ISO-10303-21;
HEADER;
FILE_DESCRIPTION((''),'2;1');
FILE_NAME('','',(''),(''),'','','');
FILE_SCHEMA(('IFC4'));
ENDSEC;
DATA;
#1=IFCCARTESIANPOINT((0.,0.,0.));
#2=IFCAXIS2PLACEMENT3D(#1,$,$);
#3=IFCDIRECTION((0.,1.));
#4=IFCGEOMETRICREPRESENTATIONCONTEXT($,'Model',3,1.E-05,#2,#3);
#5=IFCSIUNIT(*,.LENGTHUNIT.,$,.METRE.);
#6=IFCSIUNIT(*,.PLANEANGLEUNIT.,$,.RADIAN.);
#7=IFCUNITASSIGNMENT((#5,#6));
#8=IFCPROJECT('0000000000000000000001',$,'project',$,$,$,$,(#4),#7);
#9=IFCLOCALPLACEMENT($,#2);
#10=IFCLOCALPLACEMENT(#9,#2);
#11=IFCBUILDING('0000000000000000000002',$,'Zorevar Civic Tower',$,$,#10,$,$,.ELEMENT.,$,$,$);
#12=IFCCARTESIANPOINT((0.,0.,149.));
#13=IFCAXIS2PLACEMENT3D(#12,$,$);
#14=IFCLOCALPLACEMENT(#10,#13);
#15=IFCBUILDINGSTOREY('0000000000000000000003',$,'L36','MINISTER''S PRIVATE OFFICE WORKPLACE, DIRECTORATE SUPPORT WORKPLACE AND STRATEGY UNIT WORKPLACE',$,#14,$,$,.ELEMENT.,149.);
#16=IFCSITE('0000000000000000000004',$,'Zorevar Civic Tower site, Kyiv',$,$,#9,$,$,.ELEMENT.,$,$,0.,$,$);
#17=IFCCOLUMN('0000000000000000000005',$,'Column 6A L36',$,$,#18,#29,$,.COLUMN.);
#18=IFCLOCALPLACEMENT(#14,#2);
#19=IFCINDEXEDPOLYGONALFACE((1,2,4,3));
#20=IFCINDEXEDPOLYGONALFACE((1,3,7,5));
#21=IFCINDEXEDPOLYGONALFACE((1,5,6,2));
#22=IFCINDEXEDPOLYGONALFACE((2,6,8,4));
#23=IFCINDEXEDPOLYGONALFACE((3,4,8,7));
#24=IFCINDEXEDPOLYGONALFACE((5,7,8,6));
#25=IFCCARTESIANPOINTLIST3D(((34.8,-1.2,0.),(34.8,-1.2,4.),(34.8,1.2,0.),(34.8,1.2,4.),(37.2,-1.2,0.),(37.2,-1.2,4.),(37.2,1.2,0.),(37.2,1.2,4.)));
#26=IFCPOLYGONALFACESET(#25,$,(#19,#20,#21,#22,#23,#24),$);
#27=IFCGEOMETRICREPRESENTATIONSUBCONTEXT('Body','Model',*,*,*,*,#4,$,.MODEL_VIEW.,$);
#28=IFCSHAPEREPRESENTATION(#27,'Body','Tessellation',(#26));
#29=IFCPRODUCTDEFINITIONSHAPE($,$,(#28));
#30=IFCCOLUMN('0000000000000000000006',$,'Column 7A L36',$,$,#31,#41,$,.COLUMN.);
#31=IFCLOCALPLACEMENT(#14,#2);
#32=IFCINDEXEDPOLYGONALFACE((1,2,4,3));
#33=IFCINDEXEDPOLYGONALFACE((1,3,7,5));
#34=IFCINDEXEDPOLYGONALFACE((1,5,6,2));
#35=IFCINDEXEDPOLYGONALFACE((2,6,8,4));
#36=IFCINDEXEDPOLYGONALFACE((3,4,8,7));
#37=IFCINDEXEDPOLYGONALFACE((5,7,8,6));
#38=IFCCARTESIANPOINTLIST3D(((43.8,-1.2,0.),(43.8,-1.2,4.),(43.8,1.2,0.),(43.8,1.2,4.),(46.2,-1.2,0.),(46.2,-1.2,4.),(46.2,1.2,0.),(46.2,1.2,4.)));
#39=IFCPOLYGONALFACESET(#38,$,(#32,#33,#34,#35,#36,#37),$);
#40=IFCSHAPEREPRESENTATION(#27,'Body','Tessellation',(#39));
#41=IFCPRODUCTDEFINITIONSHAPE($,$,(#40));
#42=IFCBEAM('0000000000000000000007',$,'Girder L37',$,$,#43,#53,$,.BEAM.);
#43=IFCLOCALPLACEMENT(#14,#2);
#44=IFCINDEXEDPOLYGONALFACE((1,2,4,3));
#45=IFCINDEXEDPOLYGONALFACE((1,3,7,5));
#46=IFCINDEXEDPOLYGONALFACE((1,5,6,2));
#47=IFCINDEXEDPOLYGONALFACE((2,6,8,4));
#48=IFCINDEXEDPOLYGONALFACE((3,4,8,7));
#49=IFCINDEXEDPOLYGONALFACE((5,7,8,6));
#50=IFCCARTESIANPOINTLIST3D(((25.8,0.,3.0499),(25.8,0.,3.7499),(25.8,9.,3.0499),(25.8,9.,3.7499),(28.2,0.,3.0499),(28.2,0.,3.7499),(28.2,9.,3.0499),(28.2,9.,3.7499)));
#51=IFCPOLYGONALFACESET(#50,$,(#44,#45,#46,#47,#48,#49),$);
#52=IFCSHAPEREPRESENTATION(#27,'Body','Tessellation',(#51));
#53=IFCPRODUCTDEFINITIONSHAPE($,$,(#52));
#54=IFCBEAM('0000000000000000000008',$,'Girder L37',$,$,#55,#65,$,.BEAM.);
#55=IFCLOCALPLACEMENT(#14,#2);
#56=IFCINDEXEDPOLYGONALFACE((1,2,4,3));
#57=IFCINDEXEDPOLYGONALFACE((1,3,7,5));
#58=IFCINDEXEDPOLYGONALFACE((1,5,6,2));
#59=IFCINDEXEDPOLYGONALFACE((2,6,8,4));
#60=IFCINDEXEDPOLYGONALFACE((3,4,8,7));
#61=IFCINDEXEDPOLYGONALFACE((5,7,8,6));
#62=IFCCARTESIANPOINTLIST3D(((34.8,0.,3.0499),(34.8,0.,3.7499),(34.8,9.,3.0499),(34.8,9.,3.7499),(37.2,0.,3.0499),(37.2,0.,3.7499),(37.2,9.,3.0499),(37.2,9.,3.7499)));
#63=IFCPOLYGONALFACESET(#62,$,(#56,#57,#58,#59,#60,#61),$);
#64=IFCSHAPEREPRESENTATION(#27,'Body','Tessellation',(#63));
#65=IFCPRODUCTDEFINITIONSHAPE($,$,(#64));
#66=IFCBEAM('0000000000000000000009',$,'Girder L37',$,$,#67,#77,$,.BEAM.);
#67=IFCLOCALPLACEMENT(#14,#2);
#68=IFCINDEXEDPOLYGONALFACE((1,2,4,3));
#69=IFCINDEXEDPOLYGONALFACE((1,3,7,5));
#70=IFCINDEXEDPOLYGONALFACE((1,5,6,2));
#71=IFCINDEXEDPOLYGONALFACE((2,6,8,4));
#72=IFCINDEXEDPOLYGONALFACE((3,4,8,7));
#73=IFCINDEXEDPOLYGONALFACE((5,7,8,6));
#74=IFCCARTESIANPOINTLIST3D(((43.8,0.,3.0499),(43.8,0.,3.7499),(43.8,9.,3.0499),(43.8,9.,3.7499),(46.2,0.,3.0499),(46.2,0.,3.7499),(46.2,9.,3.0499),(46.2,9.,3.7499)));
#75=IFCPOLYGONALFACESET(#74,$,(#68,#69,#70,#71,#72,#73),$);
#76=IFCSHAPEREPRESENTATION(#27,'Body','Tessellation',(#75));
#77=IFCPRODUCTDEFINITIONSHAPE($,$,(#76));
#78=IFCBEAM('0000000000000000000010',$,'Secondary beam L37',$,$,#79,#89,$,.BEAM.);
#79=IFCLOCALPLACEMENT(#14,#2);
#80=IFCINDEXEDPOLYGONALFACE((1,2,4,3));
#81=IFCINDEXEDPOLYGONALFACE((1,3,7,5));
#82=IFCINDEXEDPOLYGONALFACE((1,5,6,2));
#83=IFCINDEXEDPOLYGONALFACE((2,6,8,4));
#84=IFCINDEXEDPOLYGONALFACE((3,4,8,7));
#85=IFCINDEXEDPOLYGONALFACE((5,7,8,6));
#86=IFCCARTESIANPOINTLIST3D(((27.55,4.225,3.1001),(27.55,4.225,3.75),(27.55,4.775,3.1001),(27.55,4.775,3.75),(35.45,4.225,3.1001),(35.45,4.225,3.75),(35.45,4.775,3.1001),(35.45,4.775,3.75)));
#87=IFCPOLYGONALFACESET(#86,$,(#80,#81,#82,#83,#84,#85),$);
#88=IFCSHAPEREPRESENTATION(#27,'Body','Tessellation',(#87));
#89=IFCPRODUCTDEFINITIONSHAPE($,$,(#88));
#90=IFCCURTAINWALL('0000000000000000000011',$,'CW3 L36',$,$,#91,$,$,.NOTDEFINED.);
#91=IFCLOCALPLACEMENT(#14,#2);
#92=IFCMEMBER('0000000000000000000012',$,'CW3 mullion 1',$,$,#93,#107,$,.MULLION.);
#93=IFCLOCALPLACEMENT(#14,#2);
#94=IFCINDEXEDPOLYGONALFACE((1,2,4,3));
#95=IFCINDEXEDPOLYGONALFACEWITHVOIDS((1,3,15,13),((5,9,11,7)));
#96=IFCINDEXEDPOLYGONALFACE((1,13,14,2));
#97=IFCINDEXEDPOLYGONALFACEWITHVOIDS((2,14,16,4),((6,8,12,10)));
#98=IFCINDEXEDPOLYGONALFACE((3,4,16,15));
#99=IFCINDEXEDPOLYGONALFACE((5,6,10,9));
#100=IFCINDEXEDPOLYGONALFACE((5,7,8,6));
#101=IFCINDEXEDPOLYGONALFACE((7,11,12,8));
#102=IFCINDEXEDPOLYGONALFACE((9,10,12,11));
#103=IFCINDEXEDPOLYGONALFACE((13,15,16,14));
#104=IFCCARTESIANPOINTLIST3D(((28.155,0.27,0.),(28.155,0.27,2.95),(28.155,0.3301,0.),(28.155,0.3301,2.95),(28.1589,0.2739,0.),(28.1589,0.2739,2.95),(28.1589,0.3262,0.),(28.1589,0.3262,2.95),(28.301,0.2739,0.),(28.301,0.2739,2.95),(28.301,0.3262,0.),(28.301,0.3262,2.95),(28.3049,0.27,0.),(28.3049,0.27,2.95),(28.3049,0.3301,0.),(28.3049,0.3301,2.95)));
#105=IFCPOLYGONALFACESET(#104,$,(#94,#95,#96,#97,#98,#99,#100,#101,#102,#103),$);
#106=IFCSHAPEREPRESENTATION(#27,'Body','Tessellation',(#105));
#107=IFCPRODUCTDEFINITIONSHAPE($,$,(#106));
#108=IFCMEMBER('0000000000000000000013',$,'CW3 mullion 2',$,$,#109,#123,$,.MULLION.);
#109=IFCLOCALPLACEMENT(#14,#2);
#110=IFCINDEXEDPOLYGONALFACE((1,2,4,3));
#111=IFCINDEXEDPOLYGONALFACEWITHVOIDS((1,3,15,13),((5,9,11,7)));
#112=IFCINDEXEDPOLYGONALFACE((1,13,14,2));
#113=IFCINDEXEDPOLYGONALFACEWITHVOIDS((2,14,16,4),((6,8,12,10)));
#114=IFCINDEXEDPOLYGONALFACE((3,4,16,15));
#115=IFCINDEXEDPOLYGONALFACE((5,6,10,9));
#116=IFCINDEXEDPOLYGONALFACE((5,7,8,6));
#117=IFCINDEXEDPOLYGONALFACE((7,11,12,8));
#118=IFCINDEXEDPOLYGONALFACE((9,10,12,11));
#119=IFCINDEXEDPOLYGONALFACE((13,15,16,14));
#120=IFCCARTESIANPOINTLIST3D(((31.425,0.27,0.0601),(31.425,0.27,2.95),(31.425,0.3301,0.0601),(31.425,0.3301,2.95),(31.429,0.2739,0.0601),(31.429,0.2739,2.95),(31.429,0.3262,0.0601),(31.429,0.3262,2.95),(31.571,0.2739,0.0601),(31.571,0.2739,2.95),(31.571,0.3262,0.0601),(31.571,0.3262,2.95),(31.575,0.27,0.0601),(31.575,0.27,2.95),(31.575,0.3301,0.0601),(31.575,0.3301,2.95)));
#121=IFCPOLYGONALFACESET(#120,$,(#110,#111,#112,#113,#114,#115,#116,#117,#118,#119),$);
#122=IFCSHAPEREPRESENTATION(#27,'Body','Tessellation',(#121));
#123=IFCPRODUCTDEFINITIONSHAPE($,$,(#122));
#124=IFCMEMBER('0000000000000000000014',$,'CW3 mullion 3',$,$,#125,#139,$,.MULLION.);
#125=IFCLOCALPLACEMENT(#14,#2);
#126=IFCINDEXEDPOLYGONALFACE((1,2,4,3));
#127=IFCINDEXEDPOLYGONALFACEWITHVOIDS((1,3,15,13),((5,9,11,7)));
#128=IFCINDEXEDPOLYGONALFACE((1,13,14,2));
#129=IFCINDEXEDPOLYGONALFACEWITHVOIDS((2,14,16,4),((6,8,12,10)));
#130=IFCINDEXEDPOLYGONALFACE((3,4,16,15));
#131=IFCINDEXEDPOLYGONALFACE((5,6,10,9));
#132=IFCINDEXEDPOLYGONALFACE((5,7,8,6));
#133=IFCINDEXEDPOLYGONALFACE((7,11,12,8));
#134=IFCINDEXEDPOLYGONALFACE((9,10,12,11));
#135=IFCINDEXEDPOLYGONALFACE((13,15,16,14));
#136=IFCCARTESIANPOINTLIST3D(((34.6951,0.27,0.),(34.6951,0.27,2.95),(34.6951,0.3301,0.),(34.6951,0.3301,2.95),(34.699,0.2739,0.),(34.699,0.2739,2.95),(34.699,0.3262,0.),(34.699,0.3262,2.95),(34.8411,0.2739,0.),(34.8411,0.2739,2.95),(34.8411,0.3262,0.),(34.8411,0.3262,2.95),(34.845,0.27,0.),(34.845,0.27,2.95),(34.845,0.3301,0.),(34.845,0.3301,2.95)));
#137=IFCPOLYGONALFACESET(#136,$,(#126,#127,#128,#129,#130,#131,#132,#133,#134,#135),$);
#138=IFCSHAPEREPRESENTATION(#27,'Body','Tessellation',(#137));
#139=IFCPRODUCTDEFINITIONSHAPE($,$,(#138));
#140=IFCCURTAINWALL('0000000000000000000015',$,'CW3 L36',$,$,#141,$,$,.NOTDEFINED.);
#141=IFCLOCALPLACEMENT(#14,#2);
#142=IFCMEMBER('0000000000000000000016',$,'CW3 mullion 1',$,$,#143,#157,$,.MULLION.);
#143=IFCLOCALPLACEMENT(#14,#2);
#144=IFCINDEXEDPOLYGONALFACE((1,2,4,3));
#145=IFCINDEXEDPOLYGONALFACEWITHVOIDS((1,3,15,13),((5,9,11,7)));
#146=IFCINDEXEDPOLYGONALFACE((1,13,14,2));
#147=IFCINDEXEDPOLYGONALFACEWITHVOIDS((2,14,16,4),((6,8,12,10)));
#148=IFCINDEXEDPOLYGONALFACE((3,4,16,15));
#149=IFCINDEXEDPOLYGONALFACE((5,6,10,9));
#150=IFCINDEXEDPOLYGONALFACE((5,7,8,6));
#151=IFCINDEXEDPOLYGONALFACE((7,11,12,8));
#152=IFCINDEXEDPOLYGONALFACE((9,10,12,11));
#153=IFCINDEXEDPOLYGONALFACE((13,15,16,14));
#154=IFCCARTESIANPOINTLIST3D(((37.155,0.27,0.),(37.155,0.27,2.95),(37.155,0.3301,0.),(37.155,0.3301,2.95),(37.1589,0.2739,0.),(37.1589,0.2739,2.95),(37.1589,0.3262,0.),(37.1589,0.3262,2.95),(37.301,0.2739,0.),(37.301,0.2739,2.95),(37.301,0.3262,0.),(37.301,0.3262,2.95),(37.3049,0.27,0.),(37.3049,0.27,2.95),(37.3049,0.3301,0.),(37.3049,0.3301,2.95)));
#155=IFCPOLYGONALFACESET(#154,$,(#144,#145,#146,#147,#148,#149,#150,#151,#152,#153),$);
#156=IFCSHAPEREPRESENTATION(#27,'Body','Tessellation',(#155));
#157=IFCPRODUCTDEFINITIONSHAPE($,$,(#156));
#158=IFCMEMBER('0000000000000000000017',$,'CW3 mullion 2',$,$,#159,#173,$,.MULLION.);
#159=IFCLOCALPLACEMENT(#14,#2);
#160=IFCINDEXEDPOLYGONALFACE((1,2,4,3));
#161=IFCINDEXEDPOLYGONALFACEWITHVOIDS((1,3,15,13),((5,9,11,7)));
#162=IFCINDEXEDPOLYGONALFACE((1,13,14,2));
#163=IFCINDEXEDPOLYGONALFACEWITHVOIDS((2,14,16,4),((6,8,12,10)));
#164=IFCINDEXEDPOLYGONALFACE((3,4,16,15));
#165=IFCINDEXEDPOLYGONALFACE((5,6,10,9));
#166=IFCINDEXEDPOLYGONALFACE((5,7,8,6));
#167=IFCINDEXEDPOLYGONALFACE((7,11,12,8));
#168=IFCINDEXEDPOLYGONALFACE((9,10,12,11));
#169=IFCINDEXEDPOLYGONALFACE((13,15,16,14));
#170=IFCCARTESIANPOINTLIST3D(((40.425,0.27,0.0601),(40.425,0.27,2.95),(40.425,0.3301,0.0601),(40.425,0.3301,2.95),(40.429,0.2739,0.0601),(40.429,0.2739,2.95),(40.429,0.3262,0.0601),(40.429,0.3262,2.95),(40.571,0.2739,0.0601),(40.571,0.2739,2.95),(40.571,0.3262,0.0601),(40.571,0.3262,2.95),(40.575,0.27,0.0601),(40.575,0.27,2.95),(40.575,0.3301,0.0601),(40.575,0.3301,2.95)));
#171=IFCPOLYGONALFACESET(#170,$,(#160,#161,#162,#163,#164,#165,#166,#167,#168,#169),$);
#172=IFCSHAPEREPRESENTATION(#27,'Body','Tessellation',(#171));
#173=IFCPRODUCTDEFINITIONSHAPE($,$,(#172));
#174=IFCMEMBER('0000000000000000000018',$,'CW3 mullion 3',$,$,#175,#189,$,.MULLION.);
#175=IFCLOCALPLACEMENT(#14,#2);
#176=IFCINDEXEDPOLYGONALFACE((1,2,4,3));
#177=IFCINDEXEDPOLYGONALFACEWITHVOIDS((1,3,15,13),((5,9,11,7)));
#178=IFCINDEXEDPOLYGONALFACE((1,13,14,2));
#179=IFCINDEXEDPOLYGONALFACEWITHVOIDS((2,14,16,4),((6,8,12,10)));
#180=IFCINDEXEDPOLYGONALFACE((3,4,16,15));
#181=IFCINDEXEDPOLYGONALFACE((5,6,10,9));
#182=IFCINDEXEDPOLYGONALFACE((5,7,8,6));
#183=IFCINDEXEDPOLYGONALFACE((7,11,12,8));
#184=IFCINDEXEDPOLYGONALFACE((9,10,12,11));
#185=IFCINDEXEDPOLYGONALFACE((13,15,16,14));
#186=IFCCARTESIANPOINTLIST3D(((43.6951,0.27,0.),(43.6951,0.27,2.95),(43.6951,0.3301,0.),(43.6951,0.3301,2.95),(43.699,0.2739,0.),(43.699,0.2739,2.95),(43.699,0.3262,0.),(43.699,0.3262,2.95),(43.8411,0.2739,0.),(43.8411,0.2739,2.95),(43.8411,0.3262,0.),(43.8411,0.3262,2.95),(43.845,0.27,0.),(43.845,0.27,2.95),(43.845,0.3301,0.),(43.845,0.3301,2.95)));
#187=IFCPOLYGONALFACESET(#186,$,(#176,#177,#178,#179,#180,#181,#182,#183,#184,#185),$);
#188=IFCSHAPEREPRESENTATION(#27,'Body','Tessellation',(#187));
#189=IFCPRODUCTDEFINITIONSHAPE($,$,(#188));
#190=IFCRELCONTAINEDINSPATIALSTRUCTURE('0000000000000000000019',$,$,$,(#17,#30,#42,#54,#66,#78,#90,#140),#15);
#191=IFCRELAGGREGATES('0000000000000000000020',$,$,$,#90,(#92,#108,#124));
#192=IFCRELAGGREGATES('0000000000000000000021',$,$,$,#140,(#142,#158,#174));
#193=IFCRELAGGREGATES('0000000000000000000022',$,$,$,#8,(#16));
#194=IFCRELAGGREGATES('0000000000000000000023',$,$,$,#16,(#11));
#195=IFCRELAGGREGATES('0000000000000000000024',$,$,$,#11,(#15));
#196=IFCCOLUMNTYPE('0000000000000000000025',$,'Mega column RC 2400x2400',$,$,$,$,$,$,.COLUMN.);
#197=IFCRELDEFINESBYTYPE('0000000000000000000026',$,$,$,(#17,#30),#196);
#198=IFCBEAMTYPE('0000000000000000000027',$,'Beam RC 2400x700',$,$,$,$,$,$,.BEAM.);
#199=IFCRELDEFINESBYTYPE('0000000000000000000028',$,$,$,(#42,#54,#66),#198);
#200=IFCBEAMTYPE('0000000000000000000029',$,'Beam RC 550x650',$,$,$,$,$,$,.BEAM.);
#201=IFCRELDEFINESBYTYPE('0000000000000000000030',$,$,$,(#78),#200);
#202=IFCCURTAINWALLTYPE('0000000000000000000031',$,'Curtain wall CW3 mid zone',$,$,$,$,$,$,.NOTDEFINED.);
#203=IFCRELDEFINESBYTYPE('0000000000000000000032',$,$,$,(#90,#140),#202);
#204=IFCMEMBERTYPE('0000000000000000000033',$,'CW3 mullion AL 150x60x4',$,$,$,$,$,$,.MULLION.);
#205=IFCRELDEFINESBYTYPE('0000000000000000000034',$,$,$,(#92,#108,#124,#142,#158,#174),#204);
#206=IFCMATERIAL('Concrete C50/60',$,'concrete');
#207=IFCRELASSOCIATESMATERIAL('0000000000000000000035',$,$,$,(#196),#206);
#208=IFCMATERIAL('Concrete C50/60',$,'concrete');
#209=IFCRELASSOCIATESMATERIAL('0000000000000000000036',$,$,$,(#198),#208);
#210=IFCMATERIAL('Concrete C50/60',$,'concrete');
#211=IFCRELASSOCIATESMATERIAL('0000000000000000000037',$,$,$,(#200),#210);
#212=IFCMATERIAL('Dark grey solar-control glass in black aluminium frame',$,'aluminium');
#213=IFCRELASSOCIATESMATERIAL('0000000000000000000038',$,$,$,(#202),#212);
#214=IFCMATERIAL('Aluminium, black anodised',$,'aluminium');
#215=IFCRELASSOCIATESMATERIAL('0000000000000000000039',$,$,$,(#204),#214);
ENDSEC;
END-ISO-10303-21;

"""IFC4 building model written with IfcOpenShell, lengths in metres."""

from ifc_helpers import new_model, si_unit, direction, frame, origin, origin_2d, place, context, subcontext, project, spatial, rectangle, hollow_rectangle, extrude, material, material_profile, profile_set, type_object, element, aggregate, save


model = new_model("IFC4")

# Units and contexts
model_context = context("Model", 3, precision=1e-05, world=origin(), true_north=direction((0.0, 1.0)))
body_context = subcontext(model_context, "Body", "Model", "MODEL_VIEW")
ifc_project = project(units=[si_unit("LENGTHUNIT", "METRE"), si_unit("PLANEANGLEUNIT", "RADIAN")], contexts=[model_context])

# Site, building, storey
site_placement = place(None, origin())
site = spatial("IfcSite", under=ifc_project, at=site_placement, Name="Zorevar Civic Tower site, Kyiv", CompositionType="ELEMENT", RefElevation=0.0)
building_placement = place(site_placement, origin())
building = spatial("IfcBuilding", under=site, at=building_placement, Name="Zorevar Civic Tower", CompositionType="ELEMENT")
storey_placement = place(building_placement, frame((0.0, 0.0, 149.0)))
storey = spatial("IfcBuildingStorey", under=building, at=storey_placement, Name="L36", Description="MINISTER'S PRIVATE OFFICE WORKPLACE, DIRECTORATE SUPPORT WORKPLACE AND STRATEGY UNIT WORKPLACE", CompositionType="ELEMENT", Elevation=149.0)

# Columns
ifc_material_1 = material(Name="Concrete C50/60", Category="concrete")
ifc_material_profile_1 = material_profile(ifc_material_1, rectangle(XDim=2.3999, YDim=2.3999, at=origin_2d()), Name="RC 2400x2400")
ifc_profile_set_1 = profile_set([ifc_material_profile_1], Name="Concrete C50/60")
column_type = type_object("IfcColumnType", Name="Mega column RC 2400x2400", PredefinedType="COLUMN", material=ifc_profile_set_1)
for number, where, z_axis, x_axis, name in (
    (1, (36.0, 0.0, 0.0), (0.0, 0.0, 1.0), (1.0, 0.0, 0.0), "Column 6A L36"),
    (2, (45.0, 0.0, 0.0), (0.0, 0.0, 1.0), (1.0, 0.0, 0.0), "Column 7A L36"),
):
    element("IfcColumn", number, at=place(storey_placement, frame(where, z_axis=z_axis, x_axis=x_axis)), inside=storey, type_object=column_type, Name=name, PredefinedType="COLUMN", context=body_context, shape_type="SweptSolid", body=[
        extrude(rectangle(XDim=2.3999, YDim=2.3999, at=origin_2d()), origin(), (0.0, 0.0, 1.0), 4.0),
    ])

# Beams
ifc_material_2 = material(Name="Concrete C50/60", Category="concrete")
ifc_material_profile_2 = material_profile(ifc_material_2, rectangle(XDim=2.3999, YDim=0.7, at=origin_2d()), Name="RC 2400x700")
ifc_profile_set_2 = profile_set([ifc_material_profile_2], Name="Concrete C50/60")
beam_type_1 = type_object("IfcBeamType", Name="Beam RC 2400x700", PredefinedType="BEAM", material=ifc_profile_set_2)
for number, where, z_axis, x_axis, name in (
    (3, (27.0, 0.0, 3.3999), (0.0, 1.0, 0.0), (-1.0, 0.0, 0.0), "Girder L37"),
    (4, (36.0, 0.0, 3.3999), (0.0, 1.0, 0.0), (-1.0, 0.0, 0.0), "Girder L37"),
    (5, (45.0, 0.0, 3.3999), (0.0, 1.0, 0.0), (-1.0, 0.0, 0.0), "Girder L37"),
):
    element("IfcBeam", number, at=place(storey_placement, frame(where, z_axis=z_axis, x_axis=x_axis)), inside=storey, type_object=beam_type_1, Name=name, PredefinedType="BEAM", context=body_context, shape_type="SweptSolid", body=[
        extrude(rectangle(XDim=2.3999, YDim=0.7, at=origin_2d()), origin(), (0.0, 0.0, 1.0), 9.0),
    ])
ifc_material_3 = material(Name="Concrete C50/60", Category="concrete")
ifc_material_profile_3 = material_profile(ifc_material_3, rectangle(XDim=0.55, YDim=0.6499, at=origin_2d()), Name="RC 550x650")
ifc_profile_set_3 = profile_set([ifc_material_profile_3], Name="Concrete C50/60")
beam_type_2 = type_object("IfcBeamType", Name="Beam RC 550x650", PredefinedType="BEAM", material=ifc_profile_set_3)
beam_placement = place(storey_placement, frame((27.55, 4.5, 3.425), z_axis=(1.0, 0.0, 0.0), x_axis=(0.0, 1.0, 0.0)))
element("IfcBeam", 6, at=beam_placement, inside=storey, type_object=beam_type_2, Name="Secondary beam L37", PredefinedType="BEAM", context=body_context, shape_type="SweptSolid", body=[
    extrude(rectangle(XDim=0.55, YDim=0.6499, at=origin_2d()), origin(), (0.0, 0.0, 1.0), 7.8999),
])

# Curtain walls, members
ifc_material_4 = material(Name="Dark grey solar-control glass in black aluminium frame", Category="aluminium")
curtain_wall_type = type_object("IfcCurtainWallType", Name="Curtain wall CW3 mid zone", PredefinedType="NOTDEFINED", material=ifc_material_4)
curtain_wall_1_placement = place(storey_placement, origin())
curtain_wall_1 = element("IfcCurtainWall", 7, at=curtain_wall_1_placement, inside=storey, type_object=curtain_wall_type, Name="CW3 L36", PredefinedType="NOTDEFINED")
ifc_material_5 = material(Name="Aluminium, black anodised", Category="aluminium")
ifc_material_profile_4 = material_profile(ifc_material_5, hollow_rectangle(XDim=0.0601, YDim=0.1499, WallThickness=0.0039, at=origin_2d()), Name="AL 150x60x4")
ifc_profile_set_4 = profile_set([ifc_material_profile_4], Name="Aluminium, black anodised")
member_type_1 = type_object("IfcMemberType", Name="CW3 mullion AL 150x60x4", PredefinedType="MULLION", material=ifc_profile_set_4)
member_1_placement = place(storey_placement, frame((28.23, 0.3, 0.0), z_axis=(0.0, 0.0, 1.0), x_axis=(0.0, 1.0, 0.0)))
member_1 = element("IfcMember", 8, at=member_1_placement, type_object=member_type_1, Name="CW3 mullion 1", PredefinedType="MULLION", context=body_context, shape_type="SweptSolid", body=[
    extrude(hollow_rectangle(XDim=0.0601, YDim=0.1499, WallThickness=0.0039, at=origin_2d()), origin(), (0.0, 0.0, 1.0), 2.95),
])
member_2_placement = place(storey_placement, frame((31.5, 0.3, 0.0601), z_axis=(0.0, 0.0, 1.0), x_axis=(0.0, 1.0, 0.0)))
member_2 = element("IfcMember", 9, at=member_2_placement, type_object=member_type_1, Name="CW3 mullion 2", PredefinedType="MULLION", context=body_context, shape_type="SweptSolid", body=[
    extrude(hollow_rectangle(XDim=0.0601, YDim=0.1499, WallThickness=0.0039, at=origin_2d()), origin(), (0.0, 0.0, 1.0), 2.8899),
])
member_3_placement = place(storey_placement, frame((34.77, 0.3, 0.0), z_axis=(0.0, 0.0, 1.0), x_axis=(0.0, 1.0, 0.0)))
member_3 = element("IfcMember", 10, at=member_3_placement, type_object=member_type_1, Name="CW3 mullion 3", PredefinedType="MULLION", context=body_context, shape_type="SweptSolid", body=[
    extrude(hollow_rectangle(XDim=0.0601, YDim=0.1499, WallThickness=0.0039, at=origin_2d()), origin(), (0.0, 0.0, 1.0), 2.95),
])
curtain_wall_2_placement = place(storey_placement, origin())
curtain_wall_2 = element("IfcCurtainWall", 11, at=curtain_wall_2_placement, inside=storey, type_object=curtain_wall_type, Name="CW3 L36", PredefinedType="NOTDEFINED")
member_4_placement = place(storey_placement, frame((37.23, 0.3, 0.0), z_axis=(0.0, 0.0, 1.0), x_axis=(0.0, 1.0, 0.0)))
member_4 = element("IfcMember", 12, at=member_4_placement, type_object=member_type_1, Name="CW3 mullion 1", PredefinedType="MULLION", context=body_context, shape_type="SweptSolid", body=[
    extrude(hollow_rectangle(XDim=0.0601, YDim=0.1499, WallThickness=0.0039, at=origin_2d()), origin(), (0.0, 0.0, 1.0), 2.95),
])
member_5_placement = place(storey_placement, frame((40.5, 0.3, 0.0601), z_axis=(0.0, 0.0, 1.0), x_axis=(0.0, 1.0, 0.0)))
member_5 = element("IfcMember", 13, at=member_5_placement, type_object=member_type_1, Name="CW3 mullion 2", PredefinedType="MULLION", context=body_context, shape_type="SweptSolid", body=[
    extrude(hollow_rectangle(XDim=0.0601, YDim=0.1499, WallThickness=0.0039, at=origin_2d()), origin(), (0.0, 0.0, 1.0), 2.8899),
])
member_6_placement = place(storey_placement, frame((43.77, 0.3, 0.0), z_axis=(0.0, 0.0, 1.0), x_axis=(0.0, 1.0, 0.0)))
member_6 = element("IfcMember", 14, at=member_6_placement, type_object=member_type_1, Name="CW3 mullion 3", PredefinedType="MULLION", context=body_context, shape_type="SweptSolid", body=[
    extrude(hollow_rectangle(XDim=0.0601, YDim=0.1499, WallThickness=0.0039, at=origin_2d()), origin(), (0.0, 0.0, 1.0), 2.95),
])

aggregate(curtain_wall_1, [member_1, member_2, member_3])
aggregate(curtain_wall_2, [member_4, member_5, member_6])

save(model, "model.ifc")
